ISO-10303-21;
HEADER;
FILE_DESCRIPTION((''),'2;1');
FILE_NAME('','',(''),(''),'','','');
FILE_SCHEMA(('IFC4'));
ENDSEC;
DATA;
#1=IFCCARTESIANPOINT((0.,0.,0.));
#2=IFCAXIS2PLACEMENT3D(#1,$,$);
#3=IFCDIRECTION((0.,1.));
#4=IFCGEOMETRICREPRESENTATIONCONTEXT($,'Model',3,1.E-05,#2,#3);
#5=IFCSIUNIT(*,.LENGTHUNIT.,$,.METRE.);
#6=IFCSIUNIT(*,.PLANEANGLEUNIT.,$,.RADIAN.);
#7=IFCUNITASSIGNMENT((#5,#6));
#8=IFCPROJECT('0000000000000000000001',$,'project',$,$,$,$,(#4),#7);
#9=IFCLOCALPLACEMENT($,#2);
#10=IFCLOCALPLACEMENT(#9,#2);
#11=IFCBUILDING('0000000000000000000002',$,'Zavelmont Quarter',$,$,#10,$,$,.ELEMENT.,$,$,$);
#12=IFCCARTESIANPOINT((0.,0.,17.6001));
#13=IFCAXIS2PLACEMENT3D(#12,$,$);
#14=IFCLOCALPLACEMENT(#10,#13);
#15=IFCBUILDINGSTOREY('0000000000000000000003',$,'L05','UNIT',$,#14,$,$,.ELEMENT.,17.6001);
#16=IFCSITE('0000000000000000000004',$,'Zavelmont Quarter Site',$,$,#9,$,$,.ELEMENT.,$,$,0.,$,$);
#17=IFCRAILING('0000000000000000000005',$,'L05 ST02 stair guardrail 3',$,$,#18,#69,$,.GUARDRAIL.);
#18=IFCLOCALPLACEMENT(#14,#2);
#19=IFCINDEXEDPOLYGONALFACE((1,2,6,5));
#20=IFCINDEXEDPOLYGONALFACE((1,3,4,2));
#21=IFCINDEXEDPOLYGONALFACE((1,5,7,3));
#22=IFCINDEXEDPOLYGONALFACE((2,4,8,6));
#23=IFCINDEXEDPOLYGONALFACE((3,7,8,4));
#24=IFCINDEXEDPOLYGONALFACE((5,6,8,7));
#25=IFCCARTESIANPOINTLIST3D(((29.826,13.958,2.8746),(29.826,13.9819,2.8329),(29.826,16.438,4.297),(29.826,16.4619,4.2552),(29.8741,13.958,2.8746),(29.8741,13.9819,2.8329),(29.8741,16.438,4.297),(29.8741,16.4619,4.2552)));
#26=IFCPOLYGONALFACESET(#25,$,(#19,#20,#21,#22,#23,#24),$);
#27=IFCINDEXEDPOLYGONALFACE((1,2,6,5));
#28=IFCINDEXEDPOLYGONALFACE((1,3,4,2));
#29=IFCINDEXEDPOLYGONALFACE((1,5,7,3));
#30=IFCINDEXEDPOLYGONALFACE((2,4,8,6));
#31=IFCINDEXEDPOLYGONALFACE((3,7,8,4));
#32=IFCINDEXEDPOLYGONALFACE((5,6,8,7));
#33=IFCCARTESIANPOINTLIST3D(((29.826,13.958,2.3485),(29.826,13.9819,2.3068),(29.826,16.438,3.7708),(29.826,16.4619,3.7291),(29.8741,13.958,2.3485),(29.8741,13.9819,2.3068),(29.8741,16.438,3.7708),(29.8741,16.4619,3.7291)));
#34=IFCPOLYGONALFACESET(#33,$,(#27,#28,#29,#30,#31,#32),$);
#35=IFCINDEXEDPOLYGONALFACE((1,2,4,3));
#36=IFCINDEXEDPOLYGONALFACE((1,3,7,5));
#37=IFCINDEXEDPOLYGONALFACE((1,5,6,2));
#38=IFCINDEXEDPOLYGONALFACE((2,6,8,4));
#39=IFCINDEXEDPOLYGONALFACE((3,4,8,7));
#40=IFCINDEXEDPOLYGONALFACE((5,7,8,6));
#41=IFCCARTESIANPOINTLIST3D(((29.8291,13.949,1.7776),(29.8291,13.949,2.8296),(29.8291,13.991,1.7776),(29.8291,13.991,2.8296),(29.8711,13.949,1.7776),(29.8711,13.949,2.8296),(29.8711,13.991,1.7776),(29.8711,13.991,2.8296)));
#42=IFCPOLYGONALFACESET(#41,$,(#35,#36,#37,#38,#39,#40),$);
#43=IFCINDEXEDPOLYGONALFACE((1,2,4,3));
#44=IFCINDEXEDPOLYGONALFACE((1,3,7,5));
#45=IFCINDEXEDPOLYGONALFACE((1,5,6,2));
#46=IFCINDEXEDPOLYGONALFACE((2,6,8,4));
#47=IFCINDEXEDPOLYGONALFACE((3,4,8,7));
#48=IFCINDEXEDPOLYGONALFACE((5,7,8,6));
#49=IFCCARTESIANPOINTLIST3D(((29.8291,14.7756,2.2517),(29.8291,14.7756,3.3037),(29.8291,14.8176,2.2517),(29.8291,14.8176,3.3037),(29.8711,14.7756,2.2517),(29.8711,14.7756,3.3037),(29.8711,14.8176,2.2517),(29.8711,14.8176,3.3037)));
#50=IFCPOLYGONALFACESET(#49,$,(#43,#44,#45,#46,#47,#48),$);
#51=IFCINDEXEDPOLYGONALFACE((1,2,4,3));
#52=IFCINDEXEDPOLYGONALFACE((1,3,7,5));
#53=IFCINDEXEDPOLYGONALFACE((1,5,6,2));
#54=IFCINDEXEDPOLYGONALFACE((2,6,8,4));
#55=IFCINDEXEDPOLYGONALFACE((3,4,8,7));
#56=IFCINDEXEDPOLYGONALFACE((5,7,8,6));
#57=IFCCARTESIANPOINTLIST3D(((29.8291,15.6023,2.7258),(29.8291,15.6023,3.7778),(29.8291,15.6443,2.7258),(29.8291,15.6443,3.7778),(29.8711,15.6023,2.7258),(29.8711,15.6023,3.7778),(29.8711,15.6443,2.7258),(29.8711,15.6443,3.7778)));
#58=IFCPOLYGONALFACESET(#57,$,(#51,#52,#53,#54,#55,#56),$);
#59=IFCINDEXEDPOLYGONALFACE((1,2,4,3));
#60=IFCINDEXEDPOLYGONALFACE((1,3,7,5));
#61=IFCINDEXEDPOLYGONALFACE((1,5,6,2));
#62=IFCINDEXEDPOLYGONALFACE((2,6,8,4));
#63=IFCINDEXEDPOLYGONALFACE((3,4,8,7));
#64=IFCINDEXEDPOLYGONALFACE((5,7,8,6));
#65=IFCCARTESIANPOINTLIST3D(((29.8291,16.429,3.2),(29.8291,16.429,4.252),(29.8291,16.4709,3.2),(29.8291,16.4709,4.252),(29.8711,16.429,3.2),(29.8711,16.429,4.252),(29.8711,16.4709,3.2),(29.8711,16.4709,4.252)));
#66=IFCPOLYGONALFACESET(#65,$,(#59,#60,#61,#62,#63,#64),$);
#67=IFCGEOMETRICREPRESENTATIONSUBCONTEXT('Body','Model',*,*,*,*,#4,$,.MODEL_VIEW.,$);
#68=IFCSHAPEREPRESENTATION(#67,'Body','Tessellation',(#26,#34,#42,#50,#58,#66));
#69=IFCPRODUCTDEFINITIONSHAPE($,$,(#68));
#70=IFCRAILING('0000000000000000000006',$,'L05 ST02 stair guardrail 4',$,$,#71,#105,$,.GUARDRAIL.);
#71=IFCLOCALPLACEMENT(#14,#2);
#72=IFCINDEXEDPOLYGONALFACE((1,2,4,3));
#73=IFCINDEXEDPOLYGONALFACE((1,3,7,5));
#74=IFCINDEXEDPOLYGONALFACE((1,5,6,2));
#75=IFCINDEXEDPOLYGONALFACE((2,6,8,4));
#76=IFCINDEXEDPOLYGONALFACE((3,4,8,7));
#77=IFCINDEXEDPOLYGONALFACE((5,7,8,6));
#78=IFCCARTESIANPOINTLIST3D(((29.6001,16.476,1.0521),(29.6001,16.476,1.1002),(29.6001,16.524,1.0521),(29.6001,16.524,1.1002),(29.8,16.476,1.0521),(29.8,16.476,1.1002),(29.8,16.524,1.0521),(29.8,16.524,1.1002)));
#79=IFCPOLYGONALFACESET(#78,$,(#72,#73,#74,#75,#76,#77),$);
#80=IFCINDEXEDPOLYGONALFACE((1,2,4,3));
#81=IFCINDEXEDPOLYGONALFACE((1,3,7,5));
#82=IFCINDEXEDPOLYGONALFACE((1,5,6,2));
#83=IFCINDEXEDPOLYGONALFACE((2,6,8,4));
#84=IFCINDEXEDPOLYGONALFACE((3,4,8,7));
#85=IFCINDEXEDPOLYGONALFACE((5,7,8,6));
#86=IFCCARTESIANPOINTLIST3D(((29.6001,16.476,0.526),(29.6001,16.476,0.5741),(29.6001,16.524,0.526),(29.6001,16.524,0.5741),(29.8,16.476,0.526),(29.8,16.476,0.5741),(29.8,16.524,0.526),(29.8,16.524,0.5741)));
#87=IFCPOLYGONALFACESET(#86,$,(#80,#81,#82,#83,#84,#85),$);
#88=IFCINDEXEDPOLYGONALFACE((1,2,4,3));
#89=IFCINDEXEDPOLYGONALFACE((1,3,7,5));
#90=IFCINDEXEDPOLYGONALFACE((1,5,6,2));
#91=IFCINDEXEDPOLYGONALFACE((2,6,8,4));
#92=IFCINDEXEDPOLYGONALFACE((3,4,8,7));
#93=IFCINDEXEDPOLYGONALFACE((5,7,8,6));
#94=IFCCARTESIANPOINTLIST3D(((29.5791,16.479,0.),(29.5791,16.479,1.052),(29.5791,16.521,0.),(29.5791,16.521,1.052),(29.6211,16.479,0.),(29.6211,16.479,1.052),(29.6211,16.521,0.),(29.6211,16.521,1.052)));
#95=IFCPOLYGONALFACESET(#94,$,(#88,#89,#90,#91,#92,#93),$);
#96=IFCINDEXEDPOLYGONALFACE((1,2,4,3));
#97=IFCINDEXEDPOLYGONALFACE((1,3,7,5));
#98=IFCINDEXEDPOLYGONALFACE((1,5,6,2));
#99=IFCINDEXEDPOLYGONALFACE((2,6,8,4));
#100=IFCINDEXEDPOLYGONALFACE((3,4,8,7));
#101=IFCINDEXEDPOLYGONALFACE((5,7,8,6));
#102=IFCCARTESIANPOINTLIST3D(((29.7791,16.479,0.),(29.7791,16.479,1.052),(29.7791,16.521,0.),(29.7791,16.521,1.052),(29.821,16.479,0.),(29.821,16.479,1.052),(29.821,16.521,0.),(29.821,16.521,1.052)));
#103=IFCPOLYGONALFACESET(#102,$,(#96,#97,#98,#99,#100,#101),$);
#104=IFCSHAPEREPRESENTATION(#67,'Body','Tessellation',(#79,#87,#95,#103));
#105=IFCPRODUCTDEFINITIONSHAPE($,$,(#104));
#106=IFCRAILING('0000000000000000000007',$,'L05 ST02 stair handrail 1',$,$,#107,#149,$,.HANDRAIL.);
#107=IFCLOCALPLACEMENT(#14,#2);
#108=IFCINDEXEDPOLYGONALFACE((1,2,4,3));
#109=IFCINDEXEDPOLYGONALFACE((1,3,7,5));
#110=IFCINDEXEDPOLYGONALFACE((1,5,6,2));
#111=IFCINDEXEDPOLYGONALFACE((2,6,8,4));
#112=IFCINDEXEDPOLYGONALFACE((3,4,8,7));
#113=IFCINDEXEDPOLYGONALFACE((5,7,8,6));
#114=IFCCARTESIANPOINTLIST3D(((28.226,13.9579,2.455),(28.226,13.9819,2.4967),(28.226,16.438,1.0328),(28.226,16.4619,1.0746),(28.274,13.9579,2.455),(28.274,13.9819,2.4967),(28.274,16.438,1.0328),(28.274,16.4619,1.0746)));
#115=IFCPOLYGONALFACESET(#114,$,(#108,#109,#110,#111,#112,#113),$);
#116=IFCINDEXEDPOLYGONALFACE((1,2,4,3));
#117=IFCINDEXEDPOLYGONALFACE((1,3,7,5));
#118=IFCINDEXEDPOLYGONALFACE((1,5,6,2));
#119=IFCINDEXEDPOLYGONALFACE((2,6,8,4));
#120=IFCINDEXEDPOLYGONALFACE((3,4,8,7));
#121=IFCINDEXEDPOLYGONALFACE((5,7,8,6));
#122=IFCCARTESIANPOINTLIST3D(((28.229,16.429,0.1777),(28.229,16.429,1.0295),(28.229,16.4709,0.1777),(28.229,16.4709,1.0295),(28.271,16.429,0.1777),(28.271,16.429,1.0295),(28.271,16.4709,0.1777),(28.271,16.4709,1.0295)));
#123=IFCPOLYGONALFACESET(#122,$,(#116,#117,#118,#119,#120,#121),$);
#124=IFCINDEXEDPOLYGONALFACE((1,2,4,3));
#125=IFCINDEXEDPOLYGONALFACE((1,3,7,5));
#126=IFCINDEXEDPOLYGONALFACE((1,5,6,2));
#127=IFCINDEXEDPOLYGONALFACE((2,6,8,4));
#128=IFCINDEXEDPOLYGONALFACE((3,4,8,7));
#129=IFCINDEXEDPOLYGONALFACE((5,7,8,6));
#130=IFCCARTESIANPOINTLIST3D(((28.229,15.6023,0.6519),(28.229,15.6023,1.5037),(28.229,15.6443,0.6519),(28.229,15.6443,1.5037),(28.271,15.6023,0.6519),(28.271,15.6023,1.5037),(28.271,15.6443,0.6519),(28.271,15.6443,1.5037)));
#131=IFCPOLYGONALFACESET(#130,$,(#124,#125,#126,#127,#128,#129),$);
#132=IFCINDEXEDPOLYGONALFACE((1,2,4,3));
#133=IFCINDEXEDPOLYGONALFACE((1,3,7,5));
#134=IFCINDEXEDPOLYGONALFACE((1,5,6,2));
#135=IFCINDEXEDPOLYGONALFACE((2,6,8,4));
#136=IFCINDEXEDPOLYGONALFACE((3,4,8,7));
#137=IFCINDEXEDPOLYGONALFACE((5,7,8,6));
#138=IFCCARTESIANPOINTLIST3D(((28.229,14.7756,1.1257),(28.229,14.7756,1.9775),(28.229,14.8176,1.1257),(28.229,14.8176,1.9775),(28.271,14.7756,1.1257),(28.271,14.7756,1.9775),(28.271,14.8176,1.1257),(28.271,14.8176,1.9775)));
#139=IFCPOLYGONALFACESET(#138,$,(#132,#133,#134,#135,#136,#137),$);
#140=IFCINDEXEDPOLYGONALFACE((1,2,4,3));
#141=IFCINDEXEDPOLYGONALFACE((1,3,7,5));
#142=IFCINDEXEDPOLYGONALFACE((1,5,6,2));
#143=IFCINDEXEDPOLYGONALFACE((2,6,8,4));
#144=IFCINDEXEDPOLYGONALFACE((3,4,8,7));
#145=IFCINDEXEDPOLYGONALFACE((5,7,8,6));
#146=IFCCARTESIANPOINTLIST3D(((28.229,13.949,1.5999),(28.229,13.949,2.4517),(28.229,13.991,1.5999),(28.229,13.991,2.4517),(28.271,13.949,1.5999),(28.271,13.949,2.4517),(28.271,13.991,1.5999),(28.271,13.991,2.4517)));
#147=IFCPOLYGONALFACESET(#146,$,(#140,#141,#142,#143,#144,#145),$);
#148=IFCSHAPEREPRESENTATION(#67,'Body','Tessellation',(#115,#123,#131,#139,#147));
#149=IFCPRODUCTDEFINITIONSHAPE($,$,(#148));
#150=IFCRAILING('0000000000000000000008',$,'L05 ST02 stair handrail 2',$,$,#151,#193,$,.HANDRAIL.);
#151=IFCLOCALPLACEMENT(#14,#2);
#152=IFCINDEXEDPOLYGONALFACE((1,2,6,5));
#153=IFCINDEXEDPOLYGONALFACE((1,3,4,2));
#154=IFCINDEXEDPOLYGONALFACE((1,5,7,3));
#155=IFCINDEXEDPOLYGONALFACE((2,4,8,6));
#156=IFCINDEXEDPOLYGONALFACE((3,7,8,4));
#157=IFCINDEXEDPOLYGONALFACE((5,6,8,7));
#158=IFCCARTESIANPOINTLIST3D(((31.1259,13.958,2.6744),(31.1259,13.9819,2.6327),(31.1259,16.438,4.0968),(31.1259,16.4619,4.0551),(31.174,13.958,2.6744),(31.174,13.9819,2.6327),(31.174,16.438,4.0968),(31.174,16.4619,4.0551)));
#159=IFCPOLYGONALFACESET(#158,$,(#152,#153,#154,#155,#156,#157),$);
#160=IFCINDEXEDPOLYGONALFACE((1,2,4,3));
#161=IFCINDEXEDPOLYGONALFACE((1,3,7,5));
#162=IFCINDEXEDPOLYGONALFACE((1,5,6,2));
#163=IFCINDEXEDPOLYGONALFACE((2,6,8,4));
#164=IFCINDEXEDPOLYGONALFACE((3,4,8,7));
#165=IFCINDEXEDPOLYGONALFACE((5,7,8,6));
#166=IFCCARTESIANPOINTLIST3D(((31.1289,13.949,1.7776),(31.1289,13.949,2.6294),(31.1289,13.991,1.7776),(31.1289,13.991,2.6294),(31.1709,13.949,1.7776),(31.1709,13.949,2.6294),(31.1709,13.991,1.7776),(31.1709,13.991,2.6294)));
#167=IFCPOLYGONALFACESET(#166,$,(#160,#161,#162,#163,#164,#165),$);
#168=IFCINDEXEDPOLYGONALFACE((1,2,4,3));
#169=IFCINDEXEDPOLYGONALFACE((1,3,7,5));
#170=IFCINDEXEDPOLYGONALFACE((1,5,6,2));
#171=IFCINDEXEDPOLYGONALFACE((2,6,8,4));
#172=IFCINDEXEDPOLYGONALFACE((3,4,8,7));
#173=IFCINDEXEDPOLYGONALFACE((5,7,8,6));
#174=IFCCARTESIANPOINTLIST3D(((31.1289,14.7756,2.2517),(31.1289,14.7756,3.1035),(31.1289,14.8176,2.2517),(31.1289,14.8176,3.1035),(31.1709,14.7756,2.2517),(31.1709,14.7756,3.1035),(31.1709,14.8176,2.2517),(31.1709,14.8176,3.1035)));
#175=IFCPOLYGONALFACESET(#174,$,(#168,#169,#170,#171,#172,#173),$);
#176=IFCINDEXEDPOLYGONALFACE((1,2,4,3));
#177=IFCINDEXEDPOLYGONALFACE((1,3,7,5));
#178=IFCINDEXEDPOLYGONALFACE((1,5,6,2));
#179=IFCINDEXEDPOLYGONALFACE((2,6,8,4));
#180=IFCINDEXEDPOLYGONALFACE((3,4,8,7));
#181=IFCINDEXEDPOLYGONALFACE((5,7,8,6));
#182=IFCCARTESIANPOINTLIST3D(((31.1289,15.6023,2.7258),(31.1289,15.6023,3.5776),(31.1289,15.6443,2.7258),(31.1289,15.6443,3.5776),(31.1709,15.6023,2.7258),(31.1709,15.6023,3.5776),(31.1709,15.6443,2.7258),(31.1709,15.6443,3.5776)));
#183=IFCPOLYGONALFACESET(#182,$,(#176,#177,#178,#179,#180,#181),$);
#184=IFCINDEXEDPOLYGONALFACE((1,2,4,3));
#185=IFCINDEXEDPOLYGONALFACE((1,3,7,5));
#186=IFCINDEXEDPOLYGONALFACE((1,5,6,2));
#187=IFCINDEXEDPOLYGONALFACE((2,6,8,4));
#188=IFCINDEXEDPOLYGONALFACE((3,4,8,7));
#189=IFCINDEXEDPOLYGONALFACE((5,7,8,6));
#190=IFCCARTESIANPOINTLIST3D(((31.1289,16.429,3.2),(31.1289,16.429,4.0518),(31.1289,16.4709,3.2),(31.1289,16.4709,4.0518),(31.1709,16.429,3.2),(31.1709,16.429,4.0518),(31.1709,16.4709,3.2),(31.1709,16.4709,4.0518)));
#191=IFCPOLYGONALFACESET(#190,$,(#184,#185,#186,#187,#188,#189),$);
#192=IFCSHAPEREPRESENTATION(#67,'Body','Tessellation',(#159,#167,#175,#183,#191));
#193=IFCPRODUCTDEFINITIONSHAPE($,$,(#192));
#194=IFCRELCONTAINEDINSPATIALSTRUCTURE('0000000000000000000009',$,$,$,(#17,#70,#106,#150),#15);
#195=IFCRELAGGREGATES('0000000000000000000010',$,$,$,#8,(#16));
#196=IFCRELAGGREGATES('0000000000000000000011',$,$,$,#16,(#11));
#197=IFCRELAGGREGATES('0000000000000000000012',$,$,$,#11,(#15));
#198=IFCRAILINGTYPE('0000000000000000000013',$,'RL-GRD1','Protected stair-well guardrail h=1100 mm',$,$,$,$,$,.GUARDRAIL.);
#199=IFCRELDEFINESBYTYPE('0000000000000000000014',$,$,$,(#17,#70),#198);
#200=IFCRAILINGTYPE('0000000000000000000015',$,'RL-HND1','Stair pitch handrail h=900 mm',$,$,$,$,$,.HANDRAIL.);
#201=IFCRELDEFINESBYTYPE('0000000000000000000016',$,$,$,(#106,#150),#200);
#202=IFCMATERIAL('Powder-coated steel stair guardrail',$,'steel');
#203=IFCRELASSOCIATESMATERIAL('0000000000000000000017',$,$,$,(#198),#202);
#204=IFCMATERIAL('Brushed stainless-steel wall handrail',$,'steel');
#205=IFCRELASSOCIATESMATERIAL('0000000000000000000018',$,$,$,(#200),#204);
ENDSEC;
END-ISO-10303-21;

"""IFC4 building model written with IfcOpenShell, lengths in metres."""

from ifc_helpers import new_model, si_unit, direction, frame, origin, origin_2d, place, context, subcontext, project, spatial, rectangle, extrude, material, type_object, element, save


model = new_model("IFC4")

# Units and contexts
model_context = context("Model", 3, precision=1e-05, world=origin(), true_north=direction((0.0, 1.0)))
body_context = subcontext(model_context, "Body", "Model", "MODEL_VIEW")
ifc_project = project(units=[si_unit("LENGTHUNIT", "METRE"), si_unit("PLANEANGLEUNIT", "RADIAN")], contexts=[model_context])

# Site, building, storey
site_placement = place(None, origin())
site = spatial("IfcSite", under=ifc_project, at=site_placement, Name="Zavelmont Quarter Site", CompositionType="ELEMENT", RefElevation=0.0)
building_placement = place(site_placement, origin())
building = spatial("IfcBuilding", under=site, at=building_placement, Name="Zavelmont Quarter", CompositionType="ELEMENT")
storey_placement = place(building_placement, frame((0.0, 0.0, 17.6001)))
storey = spatial("IfcBuildingStorey", under=building, at=storey_placement, Name="L05", Description="UNIT", CompositionType="ELEMENT", Elevation=17.6001)

# Railings
ifc_material_1 = material(Name="Powder-coated steel stair guardrail", Category="steel")
railing_type_1 = type_object("IfcRailingType", Name="RL-GRD1", Description="Protected stair-well guardrail h=1100 mm", PredefinedType="GUARDRAIL", material=ifc_material_1)
railing_1_placement = place(storey_placement, frame((29.8501, 13.97, 1.7776)))
element("IfcRailing", 1, at=railing_1_placement, inside=storey, type_object=railing_type_1, Name="L05 ST02 stair guardrail 3", PredefinedType="GUARDRAIL", context=body_context, shape_type="SweptSolid", body=[
    extrude(rectangle(XDim=0.0481, YDim=0.0481, at=origin_2d()), frame((0.0, 0.0, 1.0762), z_axis=(0.0, 0.867454, 0.497518), x_axis=(-1.0, 0.0, 0.0)), (0.0, 0.0, 1.0), 2.8589),
    extrude(rectangle(XDim=0.0481, YDim=0.0481, at=origin_2d()), frame((0.0, 0.0, 0.55), z_axis=(0.0, 0.867454, 0.497518), x_axis=(-1.0, 0.0, 0.0)), (0.0, 0.0, 1.0), 2.8589),
    extrude(rectangle(XDim=0.042, YDim=0.042, at=origin_2d()), origin(), (0.0, 0.0, 1.0), 1.052),
    extrude(rectangle(XDim=0.042, YDim=0.042, at=origin_2d()), frame((0.0, 0.8267, 0.4741)), (0.0, 0.0, 1.0), 1.052),
    extrude(rectangle(XDim=0.042, YDim=0.042, at=origin_2d()), frame((0.0, 1.6533, 0.9482)), (0.0, 0.0, 1.0), 1.052),
    extrude(rectangle(XDim=0.042, YDim=0.042, at=origin_2d()), frame((0.0, 2.48, 1.4224)), (0.0, 0.0, 1.0), 1.052),
])
railing_2_placement = place(storey_placement, frame((29.6001, 16.5, 0.0)))
element("IfcRailing", 2, at=railing_2_placement, inside=storey, type_object=railing_type_1, Name="L05 ST02 stair guardrail 4", PredefinedType="GUARDRAIL", context=body_context, shape_type="SweptSolid", body=[
    extrude(rectangle(XDim=0.0481, YDim=0.0481, at=origin_2d()), frame((0.0, 0.0, 1.0762), z_axis=(1.0, 0.0, 0.0), x_axis=(0.0, 1.0, 0.0)), (0.0, 0.0, 1.0), 0.2),
    extrude(rectangle(XDim=0.0481, YDim=0.0481, at=origin_2d()), frame((0.0, 0.0, 0.55), z_axis=(1.0, 0.0, 0.0), x_axis=(0.0, 1.0, 0.0)), (0.0, 0.0, 1.0), 0.2),
    extrude(rectangle(XDim=0.042, YDim=0.042, at=origin_2d()), origin(), (0.0, 0.0, 1.0), 1.052),
    extrude(rectangle(XDim=0.042, YDim=0.042, at=origin_2d()), frame((0.2, 0.0, 0.0)), (0.0, 0.0, 1.0), 1.052),
])
ifc_material_2 = material(Name="Brushed stainless-steel wall handrail", Category="steel")
railing_type_2 = type_object("IfcRailingType", Name="RL-HND1", Description="Stair pitch handrail h=900 mm", PredefinedType="HANDRAIL", material=ifc_material_2)
railing_3_placement = place(storey_placement, frame((28.25, 16.45, 0.1777)))
element("IfcRailing", 3, at=railing_3_placement, inside=storey, type_object=railing_type_2, Name="L05 ST02 stair handrail 1", PredefinedType="HANDRAIL", context=body_context, shape_type="SweptSolid", body=[
    extrude(rectangle(XDim=0.0481, YDim=0.0481, at=origin_2d()), frame((0.0, 0.0, 0.876), z_axis=(0.0, -0.867491, 0.497454), x_axis=(1.0, 0.0, 0.0)), (0.0, 0.0, 1.0), 2.8589),
    extrude(rectangle(XDim=0.042, YDim=0.042, at=origin_2d()), origin(), (0.0, 0.0, 1.0), 0.8518),
    extrude(rectangle(XDim=0.042, YDim=0.042, at=origin_2d()), frame((0.0, -0.8267, 0.4741)), (0.0, 0.0, 1.0), 0.8518),
    extrude(rectangle(XDim=0.042, YDim=0.042, at=origin_2d()), frame((0.0, -1.6533, 0.948)), (0.0, 0.0, 1.0), 0.8518),
    extrude(rectangle(XDim=0.042, YDim=0.042, at=origin_2d()), frame((0.0, -2.48, 1.4221)), (0.0, 0.0, 1.0), 0.8518),
])
railing_4_placement = place(storey_placement, frame((31.1499, 13.97, 1.7776)))
element("IfcRailing", 4, at=railing_4_placement, inside=storey, type_object=railing_type_2, Name="L05 ST02 stair handrail 2", PredefinedType="HANDRAIL", context=body_context, shape_type="SweptSolid", body=[
    extrude(rectangle(XDim=0.0481, YDim=0.0481, at=origin_2d()), frame((0.0, 0.0, 0.876), z_axis=(0.0, 0.867454, 0.497518), x_axis=(-1.0, 0.0, 0.0)), (0.0, 0.0, 1.0), 2.8589),
    extrude(rectangle(XDim=0.042, YDim=0.042, at=origin_2d()), origin(), (0.0, 0.0, 1.0), 0.8518),
    extrude(rectangle(XDim=0.042, YDim=0.042, at=origin_2d()), frame((0.0, 0.8267, 0.4741)), (0.0, 0.0, 1.0), 0.8518),
    extrude(rectangle(XDim=0.042, YDim=0.042, at=origin_2d()), frame((0.0, 1.6533, 0.9482)), (0.0, 0.0, 1.0), 0.8518),
    extrude(rectangle(XDim=0.042, YDim=0.042, at=origin_2d()), frame((0.0, 2.48, 1.4224)), (0.0, 0.0, 1.0), 0.8518),
])

save(model, "model.ifc")
